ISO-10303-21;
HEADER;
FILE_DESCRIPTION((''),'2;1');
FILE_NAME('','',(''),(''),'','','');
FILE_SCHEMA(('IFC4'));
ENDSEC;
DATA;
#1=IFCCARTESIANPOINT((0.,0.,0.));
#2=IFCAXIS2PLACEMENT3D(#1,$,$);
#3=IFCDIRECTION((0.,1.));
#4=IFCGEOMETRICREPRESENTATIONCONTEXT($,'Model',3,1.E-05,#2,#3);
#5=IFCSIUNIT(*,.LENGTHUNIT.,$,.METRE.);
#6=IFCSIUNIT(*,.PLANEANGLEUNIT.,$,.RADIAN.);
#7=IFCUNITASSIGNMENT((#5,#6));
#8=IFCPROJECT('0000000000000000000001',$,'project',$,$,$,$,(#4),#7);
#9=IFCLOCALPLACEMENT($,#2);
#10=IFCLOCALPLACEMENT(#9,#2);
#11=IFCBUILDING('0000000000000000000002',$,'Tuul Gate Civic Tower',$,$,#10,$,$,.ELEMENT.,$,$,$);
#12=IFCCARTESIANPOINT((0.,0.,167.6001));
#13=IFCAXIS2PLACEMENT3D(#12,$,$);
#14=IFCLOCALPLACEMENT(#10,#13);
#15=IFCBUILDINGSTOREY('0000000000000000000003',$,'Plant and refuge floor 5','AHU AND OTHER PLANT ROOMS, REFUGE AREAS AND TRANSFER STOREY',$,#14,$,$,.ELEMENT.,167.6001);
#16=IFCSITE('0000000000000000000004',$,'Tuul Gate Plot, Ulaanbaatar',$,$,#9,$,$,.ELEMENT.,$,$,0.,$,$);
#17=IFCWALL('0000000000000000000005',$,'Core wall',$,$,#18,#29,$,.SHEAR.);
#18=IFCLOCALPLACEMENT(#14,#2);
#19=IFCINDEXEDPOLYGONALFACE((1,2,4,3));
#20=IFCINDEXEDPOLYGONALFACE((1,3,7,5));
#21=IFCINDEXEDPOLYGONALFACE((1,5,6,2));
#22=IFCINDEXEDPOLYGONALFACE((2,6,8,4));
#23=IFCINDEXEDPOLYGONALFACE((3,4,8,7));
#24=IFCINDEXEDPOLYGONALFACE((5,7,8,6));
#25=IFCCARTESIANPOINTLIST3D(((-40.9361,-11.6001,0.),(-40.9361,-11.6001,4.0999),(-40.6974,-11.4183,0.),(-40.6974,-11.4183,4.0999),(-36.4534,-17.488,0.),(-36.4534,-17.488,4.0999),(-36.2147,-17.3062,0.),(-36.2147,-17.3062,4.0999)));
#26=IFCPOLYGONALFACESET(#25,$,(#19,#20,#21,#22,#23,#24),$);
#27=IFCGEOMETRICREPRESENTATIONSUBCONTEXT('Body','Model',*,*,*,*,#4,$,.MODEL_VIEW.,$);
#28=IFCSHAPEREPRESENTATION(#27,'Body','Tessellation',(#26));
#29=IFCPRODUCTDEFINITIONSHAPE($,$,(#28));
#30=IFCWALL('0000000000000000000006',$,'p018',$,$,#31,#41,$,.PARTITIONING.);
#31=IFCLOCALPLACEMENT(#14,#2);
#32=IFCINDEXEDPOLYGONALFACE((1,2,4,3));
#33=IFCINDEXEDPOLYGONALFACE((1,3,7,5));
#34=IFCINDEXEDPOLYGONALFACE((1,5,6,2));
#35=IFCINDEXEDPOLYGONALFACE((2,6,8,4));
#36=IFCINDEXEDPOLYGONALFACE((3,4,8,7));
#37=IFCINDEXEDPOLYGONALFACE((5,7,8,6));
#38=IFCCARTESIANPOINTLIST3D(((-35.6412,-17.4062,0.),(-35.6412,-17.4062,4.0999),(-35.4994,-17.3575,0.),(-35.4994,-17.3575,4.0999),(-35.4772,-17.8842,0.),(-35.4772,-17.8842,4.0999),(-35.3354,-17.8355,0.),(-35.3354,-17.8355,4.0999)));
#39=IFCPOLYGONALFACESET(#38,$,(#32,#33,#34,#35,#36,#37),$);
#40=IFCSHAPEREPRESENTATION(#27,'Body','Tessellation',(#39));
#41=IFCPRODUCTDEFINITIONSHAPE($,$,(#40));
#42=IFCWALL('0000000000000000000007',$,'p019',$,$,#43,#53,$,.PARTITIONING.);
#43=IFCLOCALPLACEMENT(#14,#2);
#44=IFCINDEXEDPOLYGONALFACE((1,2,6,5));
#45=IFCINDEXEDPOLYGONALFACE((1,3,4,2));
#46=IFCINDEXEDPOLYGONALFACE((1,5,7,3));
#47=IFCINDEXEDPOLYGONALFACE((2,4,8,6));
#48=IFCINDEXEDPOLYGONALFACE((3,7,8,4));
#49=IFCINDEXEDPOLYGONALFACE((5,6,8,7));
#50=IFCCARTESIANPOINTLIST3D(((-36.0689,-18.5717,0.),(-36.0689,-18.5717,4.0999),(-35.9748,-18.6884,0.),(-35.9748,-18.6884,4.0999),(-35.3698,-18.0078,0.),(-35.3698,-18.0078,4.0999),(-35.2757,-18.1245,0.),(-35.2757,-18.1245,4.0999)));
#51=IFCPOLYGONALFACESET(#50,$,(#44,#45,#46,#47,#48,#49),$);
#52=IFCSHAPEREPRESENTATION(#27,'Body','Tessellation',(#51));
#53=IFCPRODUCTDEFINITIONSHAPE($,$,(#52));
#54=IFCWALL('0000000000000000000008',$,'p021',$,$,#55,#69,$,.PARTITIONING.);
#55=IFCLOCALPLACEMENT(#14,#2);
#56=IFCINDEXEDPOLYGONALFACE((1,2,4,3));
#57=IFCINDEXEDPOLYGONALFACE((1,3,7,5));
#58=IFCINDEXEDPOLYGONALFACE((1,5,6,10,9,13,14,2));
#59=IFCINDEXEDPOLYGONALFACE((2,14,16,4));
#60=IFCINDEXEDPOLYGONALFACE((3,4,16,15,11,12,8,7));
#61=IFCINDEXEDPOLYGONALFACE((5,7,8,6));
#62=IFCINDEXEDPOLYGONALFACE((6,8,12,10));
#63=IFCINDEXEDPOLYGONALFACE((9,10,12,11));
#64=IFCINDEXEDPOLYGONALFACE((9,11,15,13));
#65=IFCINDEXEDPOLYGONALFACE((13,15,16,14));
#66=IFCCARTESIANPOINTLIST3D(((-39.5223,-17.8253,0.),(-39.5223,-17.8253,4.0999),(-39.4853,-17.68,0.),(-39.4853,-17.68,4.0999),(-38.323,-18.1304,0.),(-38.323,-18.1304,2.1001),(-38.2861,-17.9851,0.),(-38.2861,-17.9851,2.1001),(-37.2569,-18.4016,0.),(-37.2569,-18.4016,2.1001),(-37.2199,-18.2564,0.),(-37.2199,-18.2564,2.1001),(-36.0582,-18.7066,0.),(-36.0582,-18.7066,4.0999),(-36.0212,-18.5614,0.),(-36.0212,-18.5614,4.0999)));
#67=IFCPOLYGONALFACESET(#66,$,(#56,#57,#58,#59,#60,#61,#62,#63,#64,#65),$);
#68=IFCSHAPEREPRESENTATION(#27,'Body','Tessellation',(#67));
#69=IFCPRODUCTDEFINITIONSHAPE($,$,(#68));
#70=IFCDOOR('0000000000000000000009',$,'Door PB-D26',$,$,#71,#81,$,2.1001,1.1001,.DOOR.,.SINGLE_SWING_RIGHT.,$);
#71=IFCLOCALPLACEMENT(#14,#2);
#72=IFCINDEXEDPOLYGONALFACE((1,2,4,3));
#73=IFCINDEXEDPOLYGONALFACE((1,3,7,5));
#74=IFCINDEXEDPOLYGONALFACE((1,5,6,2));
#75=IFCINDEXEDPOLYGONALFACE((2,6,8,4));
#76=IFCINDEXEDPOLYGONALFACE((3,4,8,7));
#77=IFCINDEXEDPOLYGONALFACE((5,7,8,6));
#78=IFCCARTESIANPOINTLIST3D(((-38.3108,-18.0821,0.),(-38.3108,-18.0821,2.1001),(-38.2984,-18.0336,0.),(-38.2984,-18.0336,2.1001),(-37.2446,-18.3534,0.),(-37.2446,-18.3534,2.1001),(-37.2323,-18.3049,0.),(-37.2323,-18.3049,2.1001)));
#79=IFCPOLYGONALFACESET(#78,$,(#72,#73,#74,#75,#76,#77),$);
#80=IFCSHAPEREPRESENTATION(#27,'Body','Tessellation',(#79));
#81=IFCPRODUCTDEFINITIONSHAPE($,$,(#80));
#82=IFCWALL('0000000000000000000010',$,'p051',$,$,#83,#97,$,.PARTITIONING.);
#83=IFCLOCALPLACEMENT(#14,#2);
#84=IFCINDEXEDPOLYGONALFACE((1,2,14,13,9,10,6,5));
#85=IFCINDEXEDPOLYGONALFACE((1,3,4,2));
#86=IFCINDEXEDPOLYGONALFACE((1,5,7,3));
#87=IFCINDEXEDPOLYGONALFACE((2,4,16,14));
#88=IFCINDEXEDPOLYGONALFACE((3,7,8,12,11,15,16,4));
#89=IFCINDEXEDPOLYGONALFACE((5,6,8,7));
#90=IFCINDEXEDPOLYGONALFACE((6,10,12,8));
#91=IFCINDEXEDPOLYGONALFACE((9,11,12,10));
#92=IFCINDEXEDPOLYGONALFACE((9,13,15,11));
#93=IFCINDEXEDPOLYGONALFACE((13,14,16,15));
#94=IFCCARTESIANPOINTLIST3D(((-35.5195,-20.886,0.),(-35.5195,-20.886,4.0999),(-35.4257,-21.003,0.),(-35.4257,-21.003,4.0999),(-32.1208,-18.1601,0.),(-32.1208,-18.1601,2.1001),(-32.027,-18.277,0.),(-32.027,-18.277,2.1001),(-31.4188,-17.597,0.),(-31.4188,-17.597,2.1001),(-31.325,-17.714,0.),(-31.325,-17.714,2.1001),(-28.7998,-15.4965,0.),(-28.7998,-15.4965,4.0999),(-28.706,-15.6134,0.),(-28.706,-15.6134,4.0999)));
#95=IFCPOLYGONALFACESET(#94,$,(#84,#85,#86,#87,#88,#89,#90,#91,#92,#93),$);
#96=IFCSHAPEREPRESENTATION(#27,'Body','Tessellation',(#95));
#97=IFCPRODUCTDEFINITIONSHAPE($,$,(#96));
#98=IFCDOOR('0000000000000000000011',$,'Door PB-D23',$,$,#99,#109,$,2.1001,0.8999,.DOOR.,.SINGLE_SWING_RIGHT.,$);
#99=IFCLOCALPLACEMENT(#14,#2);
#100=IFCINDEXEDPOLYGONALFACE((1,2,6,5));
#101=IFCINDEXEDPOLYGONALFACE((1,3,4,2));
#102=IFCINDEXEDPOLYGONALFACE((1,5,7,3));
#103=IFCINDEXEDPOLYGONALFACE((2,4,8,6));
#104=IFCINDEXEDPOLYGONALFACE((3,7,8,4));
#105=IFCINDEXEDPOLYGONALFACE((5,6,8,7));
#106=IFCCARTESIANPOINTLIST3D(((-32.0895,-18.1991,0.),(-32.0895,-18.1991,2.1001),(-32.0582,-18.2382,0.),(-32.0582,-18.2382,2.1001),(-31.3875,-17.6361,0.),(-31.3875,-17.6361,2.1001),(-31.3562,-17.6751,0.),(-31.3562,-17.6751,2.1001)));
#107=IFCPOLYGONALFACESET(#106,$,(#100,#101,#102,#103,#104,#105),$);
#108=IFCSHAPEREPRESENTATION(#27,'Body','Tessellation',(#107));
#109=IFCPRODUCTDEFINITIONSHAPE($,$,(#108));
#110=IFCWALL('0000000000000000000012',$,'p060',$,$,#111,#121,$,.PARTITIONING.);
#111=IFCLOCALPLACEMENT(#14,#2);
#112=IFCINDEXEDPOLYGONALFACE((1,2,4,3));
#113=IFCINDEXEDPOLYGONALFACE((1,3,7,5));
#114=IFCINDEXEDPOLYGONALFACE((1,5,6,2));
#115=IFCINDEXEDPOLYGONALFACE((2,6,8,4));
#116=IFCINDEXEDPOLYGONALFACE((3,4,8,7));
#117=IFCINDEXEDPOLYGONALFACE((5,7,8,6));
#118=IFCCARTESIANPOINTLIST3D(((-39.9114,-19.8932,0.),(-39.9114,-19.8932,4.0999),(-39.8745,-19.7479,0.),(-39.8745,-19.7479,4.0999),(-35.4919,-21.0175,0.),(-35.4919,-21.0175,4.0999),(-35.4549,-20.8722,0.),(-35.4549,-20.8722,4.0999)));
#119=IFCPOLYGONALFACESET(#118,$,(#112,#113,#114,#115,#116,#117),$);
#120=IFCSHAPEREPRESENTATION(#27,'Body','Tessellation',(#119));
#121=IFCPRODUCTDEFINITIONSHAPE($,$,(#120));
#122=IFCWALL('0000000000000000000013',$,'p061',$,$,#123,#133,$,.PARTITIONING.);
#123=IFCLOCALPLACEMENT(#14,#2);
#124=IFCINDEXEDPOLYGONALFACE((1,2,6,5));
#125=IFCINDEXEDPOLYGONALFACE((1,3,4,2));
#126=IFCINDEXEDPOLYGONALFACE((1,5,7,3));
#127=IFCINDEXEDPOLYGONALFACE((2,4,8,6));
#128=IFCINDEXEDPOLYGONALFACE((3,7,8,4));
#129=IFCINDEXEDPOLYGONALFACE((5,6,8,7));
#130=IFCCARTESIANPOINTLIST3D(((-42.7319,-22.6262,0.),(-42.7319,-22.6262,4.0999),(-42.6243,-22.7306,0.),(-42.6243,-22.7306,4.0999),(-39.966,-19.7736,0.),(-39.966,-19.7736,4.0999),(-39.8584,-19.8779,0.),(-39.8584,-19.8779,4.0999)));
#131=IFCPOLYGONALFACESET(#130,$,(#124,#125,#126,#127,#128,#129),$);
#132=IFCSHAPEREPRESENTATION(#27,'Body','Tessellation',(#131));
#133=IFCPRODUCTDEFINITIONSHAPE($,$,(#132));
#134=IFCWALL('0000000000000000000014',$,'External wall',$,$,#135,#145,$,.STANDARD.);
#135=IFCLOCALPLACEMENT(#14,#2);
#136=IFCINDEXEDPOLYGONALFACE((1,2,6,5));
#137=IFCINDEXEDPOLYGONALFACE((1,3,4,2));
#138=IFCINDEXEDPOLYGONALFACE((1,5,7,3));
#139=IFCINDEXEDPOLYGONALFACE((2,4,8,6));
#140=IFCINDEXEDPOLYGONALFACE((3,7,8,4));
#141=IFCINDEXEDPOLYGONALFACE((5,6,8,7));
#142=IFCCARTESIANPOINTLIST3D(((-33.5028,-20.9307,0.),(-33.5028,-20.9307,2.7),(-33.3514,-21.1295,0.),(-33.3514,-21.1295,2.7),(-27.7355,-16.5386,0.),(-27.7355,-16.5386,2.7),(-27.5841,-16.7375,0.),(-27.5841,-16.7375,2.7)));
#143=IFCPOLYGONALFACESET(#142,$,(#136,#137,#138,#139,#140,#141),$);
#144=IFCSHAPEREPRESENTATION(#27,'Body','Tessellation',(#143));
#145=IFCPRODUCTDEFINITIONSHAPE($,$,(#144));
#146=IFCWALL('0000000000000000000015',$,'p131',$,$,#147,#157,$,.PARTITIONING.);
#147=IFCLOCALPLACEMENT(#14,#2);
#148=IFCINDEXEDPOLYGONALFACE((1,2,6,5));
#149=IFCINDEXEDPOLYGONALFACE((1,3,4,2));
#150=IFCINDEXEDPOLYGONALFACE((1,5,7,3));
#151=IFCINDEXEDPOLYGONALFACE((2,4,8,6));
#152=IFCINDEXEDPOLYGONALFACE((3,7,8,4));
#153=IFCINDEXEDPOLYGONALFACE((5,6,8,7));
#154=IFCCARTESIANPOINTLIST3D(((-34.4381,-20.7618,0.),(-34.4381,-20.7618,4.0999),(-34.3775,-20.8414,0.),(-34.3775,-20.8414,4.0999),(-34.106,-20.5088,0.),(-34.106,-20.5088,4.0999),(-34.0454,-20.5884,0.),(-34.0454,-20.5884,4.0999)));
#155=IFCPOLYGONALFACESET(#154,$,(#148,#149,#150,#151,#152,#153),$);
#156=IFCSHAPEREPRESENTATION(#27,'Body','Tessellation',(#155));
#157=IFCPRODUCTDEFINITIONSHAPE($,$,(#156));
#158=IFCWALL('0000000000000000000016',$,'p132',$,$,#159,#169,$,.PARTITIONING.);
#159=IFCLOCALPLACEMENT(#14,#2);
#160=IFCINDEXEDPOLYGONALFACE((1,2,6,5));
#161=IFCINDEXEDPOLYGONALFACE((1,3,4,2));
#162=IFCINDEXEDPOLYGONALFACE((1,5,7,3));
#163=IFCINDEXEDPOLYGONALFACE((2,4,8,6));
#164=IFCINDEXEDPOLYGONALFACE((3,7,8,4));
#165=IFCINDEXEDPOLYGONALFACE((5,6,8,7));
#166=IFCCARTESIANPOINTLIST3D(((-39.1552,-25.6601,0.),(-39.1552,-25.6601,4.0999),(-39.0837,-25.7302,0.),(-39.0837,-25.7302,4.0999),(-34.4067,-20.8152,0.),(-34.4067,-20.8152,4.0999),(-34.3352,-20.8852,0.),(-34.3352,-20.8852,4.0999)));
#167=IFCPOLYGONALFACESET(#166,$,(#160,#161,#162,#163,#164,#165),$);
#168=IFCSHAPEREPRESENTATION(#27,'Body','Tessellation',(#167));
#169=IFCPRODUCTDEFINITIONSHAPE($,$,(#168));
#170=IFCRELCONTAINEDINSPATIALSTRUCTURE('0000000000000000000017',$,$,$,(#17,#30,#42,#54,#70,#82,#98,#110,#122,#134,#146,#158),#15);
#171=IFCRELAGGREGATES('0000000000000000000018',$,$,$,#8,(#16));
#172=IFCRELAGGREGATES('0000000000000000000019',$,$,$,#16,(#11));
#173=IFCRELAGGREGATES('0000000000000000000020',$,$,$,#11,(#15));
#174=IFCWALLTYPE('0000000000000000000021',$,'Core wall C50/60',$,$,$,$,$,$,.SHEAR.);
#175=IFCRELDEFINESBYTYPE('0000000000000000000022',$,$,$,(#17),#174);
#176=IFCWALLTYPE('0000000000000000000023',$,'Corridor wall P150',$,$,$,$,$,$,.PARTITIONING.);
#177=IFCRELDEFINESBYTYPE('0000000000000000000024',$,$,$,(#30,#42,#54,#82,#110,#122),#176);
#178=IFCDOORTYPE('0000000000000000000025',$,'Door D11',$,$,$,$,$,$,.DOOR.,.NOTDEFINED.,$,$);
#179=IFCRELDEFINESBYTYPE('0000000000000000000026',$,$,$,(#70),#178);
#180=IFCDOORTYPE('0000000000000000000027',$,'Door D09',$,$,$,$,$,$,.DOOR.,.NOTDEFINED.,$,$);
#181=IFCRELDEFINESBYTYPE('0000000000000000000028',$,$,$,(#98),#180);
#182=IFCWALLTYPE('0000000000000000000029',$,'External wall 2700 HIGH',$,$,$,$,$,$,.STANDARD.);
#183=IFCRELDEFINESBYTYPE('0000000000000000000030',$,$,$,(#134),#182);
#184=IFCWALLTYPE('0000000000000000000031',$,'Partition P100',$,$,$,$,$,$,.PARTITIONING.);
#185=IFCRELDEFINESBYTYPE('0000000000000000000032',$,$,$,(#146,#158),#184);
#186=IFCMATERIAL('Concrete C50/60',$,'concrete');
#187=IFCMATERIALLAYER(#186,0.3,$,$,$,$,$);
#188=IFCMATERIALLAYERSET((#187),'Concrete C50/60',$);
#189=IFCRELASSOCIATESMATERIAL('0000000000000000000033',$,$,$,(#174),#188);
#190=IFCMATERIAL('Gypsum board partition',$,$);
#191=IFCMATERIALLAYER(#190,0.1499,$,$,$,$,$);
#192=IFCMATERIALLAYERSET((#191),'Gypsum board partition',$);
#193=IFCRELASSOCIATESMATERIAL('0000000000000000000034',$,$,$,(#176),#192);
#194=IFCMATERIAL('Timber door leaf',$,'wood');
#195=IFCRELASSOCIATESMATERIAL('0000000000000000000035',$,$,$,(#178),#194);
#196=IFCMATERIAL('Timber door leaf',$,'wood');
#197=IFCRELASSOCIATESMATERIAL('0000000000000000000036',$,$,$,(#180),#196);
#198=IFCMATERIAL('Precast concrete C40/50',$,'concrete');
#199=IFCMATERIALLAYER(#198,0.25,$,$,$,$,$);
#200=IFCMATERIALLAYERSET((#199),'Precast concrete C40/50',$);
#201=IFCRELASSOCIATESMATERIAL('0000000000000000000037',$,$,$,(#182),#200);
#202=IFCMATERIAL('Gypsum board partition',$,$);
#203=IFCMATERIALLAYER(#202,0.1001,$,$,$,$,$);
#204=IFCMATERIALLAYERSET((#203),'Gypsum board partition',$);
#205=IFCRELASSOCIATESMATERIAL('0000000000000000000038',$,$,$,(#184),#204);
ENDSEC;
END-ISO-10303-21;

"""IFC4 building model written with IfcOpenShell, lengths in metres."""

from ifc_helpers import new_model, si_unit, direction, frame, frame_2d, origin, place, context, subcontext, project, spatial, rectangle, extrude, material, layer, layer_set, type_object, element, fill, save


model = new_model("IFC4")

# Units and contexts
model_context = context("Model", 3, precision=1e-05, world=origin(), true_north=direction((0.0, 1.0)))
body_context = subcontext(model_context, "Body", "Model", "MODEL_VIEW")
ifc_project = project(units=[si_unit("LENGTHUNIT", "METRE"), si_unit("PLANEANGLEUNIT", "RADIAN")], contexts=[model_context])

# Site, building, storey
site_placement = place(None, origin())
site = spatial("IfcSite", under=ifc_project, at=site_placement, Name="Tuul Gate Plot, Ulaanbaatar", CompositionType="ELEMENT", RefElevation=0.0)
building_placement = place(site_placement, origin())
building = spatial("IfcBuilding", under=site, at=building_placement, Name="Tuul Gate Civic Tower", CompositionType="ELEMENT")
storey_placement = place(building_placement, frame((0.0, 0.0, 167.6001)))
storey = spatial("IfcBuildingStorey", under=building, at=storey_placement, Name="Plant and refuge floor 5", Description="AHU AND OTHER PLANT ROOMS, REFUGE AREAS AND TRANSFER STOREY", CompositionType="ELEMENT", Elevation=167.6001)

# Walls
ifc_material_1 = material(Name="Concrete C50/60", Category="concrete")
ifc_layer_1 = layer(ifc_material_1, 0.3)
ifc_layer_set_1 = layer_set([ifc_layer_1], Name="Concrete C50/60")
wall_type_1 = type_object("IfcWallType", Name="Core wall C50/60", PredefinedType="SHEAR", material=ifc_layer_set_1)
wall_1_placement = place(storey_placement, frame((-36.334, -17.3972, 0.0), z_axis=(0.0, 0.0, 1.0), x_axis=(-0.605754, 0.795652, 0.0)))
element("IfcWall", 1, at=wall_1_placement, inside=storey, type_object=wall_type_1, Name="Core wall", PredefinedType="SHEAR", context=body_context, shape_type="SweptSolid", body=[
    extrude(rectangle(XDim=7.4001, YDim=0.3, at=frame_2d((3.7002, 0.0))), origin(), (0.0, 0.0, 1.0), 4.0999),
])
ifc_material_2 = material(Name="Gypsum board partition")
ifc_layer_2 = layer(ifc_material_2, 0.1499)
ifc_layer_set_2 = layer_set([ifc_layer_2], Name="Gypsum board partition")
wall_type_2 = type_object("IfcWallType", Name="Corridor wall P150", PredefinedType="PARTITIONING", material=ifc_layer_set_2)
wall_2_placement = place(storey_placement, frame((-35.5703, -17.3818, 0.0), z_axis=(0.0, 0.0, 1.0), x_axis=(0.324621, -0.945844, 0.0)))
element("IfcWall", 2, at=wall_2_placement, inside=storey, type_object=wall_type_2, Name="p018", PredefinedType="PARTITIONING", context=body_context, shape_type="SweptSolid", body=[
    extrude(rectangle(XDim=0.5054, YDim=0.1499, at=frame_2d((0.2527, 0.0))), origin(), (0.0, 0.0, 1.0), 4.0999),
])
wall_3_placement = place(storey_placement, frame((-36.022, -18.6301, 0.0), z_axis=(0.0, 0.0, 1.0), x_axis=(0.77837, 0.627806, 0.0)))
element("IfcWall", 3, at=wall_3_placement, inside=storey, type_object=wall_type_2, Name="p019", PredefinedType="PARTITIONING", context=body_context, shape_type="SweptSolid", body=[
    extrude(rectangle(XDim=0.8982, YDim=0.1499, at=frame_2d((0.4492, 0.0))), origin(), (0.0, 0.0, 1.0), 4.0999),
])

# Walls, openings, doors
wall_4_placement = place(storey_placement, frame((-39.5037, -17.7527, 0.0), z_axis=(0.0, 0.0, 1.0), x_axis=(0.969126, -0.246567, 0.0)))
wall_4 = element("IfcWall", 4, at=wall_4_placement, inside=storey, type_object=wall_type_2, Name="p021", PredefinedType="PARTITIONING", context=body_context, shape_type="SweptSolid", body=[
    extrude(rectangle(XDim=3.5745, YDim=0.1499, at=frame_2d((1.7871, 0.0))), origin(), (0.0, 0.0, 1.0), 4.0999),
])
opening_1_placement = place(wall_4_placement, frame((1.2373, 0.0, 0.0)))
opening_1 = element("IfcOpeningElement", 5, at=opening_1_placement, cuts=wall_4, PredefinedType="OPENING", context=body_context, shape_type="SweptSolid", body=[
    extrude(rectangle(XDim=1.1001, YDim=2.1001, at=frame_2d((0.55, 1.05))), frame((0.0, 0.085, 0.0), z_axis=(0.0, -1.0, 0.0), x_axis=(1.0, 0.0, 0.0)), (0.0, 0.0, 1.0), 0.1699),
])
ifc_material_3 = material(Name="Timber door leaf", Category="wood")
door_type_1 = type_object("IfcDoorType", Name="Door D11", OperationType="NOTDEFINED", PredefinedType="DOOR", material=ifc_material_3)
door_1_placement = place(opening_1_placement, origin())
door_1 = element("IfcDoor", 6, at=door_1_placement, inside=storey, type_object=door_type_1, Name="Door PB-D26", OperationType="SINGLE_SWING_RIGHT", OverallHeight=2.1001, OverallWidth=1.1001, PredefinedType="DOOR", context=body_context, shape_type="SweptSolid", body=[
    extrude(rectangle(XDim=1.1001, YDim=2.1001, at=frame_2d((0.55, 1.05))), frame((0.0, 0.0249, 0.0), z_axis=(0.0, -1.0, 0.0), x_axis=(1.0, 0.0, 0.0)), (0.0, 0.0, 1.0), 0.05),
])
fill(opening_1, door_1)
wall_5_placement = place(storey_placement, frame((-35.4727, -20.9446, 0.0), z_axis=(0.0, 0.0, 1.0), x_axis=(0.780083, 0.625676, 0.0)))
wall_5 = element("IfcWall", 7, at=wall_5_placement, inside=storey, type_object=wall_type_2, Name="p051", PredefinedType="PARTITIONING", context=body_context, shape_type="SweptSolid", body=[
    extrude(rectangle(XDim=8.614, YDim=0.1499, at=frame_2d((4.3071, 0.0))), origin(), (0.0, 0.0, 1.0), 4.0999),
])
opening_2_placement = place(wall_5_placement, frame((4.3569, 0.0, 0.0)))
opening_2 = element("IfcOpeningElement", 8, at=opening_2_placement, cuts=wall_5, PredefinedType="OPENING", context=body_context, shape_type="SweptSolid", body=[
    extrude(rectangle(XDim=0.8999, YDim=2.1001, at=frame_2d((0.45, 1.05))), frame((0.0, 0.085, 0.0), z_axis=(0.0, -1.0, 0.0), x_axis=(1.0, 0.0, 0.0)), (0.0, 0.0, 1.0), 0.1699),
])
ifc_material_4 = material(Name="Timber door leaf", Category="wood")
door_type_2 = type_object("IfcDoorType", Name="Door D09", OperationType="NOTDEFINED", PredefinedType="DOOR", material=ifc_material_4)
door_2_placement = place(opening_2_placement, origin())
door_2 = element("IfcDoor", 9, at=door_2_placement, inside=storey, type_object=door_type_2, Name="Door PB-D23", OperationType="SINGLE_SWING_RIGHT", OverallHeight=2.1001, OverallWidth=0.8999, PredefinedType="DOOR", context=body_context, shape_type="SweptSolid", body=[
    extrude(rectangle(XDim=0.8999, YDim=2.1001, at=frame_2d((0.45, 1.05))), frame((0.0, 0.0249, 0.0), z_axis=(0.0, -1.0, 0.0), x_axis=(1.0, 0.0, 0.0)), (0.0, 0.0, 1.0), 0.05),
])
fill(opening_2, door_2)

# Walls
wall_6_placement = place(storey_placement, frame((-39.8931, -19.8206, 0.0), z_axis=(0.0, 0.0, 1.0), x_axis=(0.969133, -0.246539, 0.0)))
element("IfcWall", 10, at=wall_6_placement, inside=storey, type_object=wall_type_2, Name="p060", PredefinedType="PARTITIONING", context=body_context, shape_type="SweptSolid", body=[
    extrude(rectangle(XDim=4.5603, YDim=0.1499, at=frame_2d((2.2803, 0.0))), origin(), (0.0, 0.0, 1.0), 4.0999),
])
wall_7_placement = place(storey_placement, frame((-42.6782, -22.6785, 0.0), z_axis=(0.0, 0.0, 1.0), x_axis=(0.696116, 0.717929, 0.0)))
element("IfcWall", 11, at=wall_7_placement, inside=storey, type_object=wall_type_2, Name="p061", PredefinedType="PARTITIONING", context=body_context, shape_type="SweptSolid", body=[
    extrude(rectangle(XDim=3.9734, YDim=0.1499, at=frame_2d((1.9868, 0.0))), origin(), (0.0, 0.0, 1.0), 4.0999),
])
ifc_material_5 = material(Name="Precast concrete C40/50", Category="concrete")
ifc_layer_3 = layer(ifc_material_5, 0.25)
ifc_layer_set_3 = layer_set([ifc_layer_3], Name="Precast concrete C40/50")
wall_type_3 = type_object("IfcWallType", Name="External wall 2700 HIGH", PredefinedType="STANDARD", material=ifc_layer_set_3)
wall_8_placement = place(storey_placement, frame((-33.427, -21.03, 0.0), z_axis=(0.0, 0.0, 1.0), x_axis=(0.795569, 0.605863, 0.0)))
element("IfcWall", 12, at=wall_8_placement, inside=storey, type_object=wall_type_3, Name="External wall", PredefinedType="STANDARD", context=body_context, shape_type="SweptSolid", body=[
    extrude(rectangle(XDim=7.2493, YDim=0.25, at=frame_2d((3.6245, 0.0))), origin(), (0.0, 0.0, 1.0), 2.7),
])
ifc_material_6 = material(Name="Gypsum board partition")
ifc_layer_4 = layer(ifc_material_6, 0.1001)
ifc_layer_set_4 = layer_set([ifc_layer_4], Name="Gypsum board partition")
wall_type_4 = type_object("IfcWallType", Name="Partition P100", PredefinedType="PARTITIONING", material=ifc_layer_set_4)
wall_9_placement = place(storey_placement, frame((-34.0757, -20.5486, 0.0), z_axis=(0.0, 0.0, 1.0), x_axis=(-0.795485, -0.605973, 0.0)))
element("IfcWall", 13, at=wall_9_placement, inside=storey, type_object=wall_type_4, Name="p131", PredefinedType="PARTITIONING", context=body_context, shape_type="SweptSolid", body=[
    extrude(rectangle(XDim=0.4175, YDim=0.1001, at=frame_2d((0.2087, 0.0))), origin(), (0.0, 0.0, 1.0), 4.0999),
])
wall_10_placement = place(storey_placement, frame((-34.3708, -20.8501, 0.0), z_axis=(0.0, 0.0, 1.0), x_axis=(-0.699963, -0.714179, 0.0)))
element("IfcWall", 14, at=wall_10_placement, inside=storey, type_object=wall_type_4, Name="p132", PredefinedType="PARTITIONING", context=body_context, shape_type="SweptSolid", body=[
    extrude(rectangle(XDim=6.7839, YDim=0.1001, at=frame_2d((3.3921, 0.0))), origin(), (0.0, 0.0, 1.0), 4.0999),
])

save(model, "model.ifc")
